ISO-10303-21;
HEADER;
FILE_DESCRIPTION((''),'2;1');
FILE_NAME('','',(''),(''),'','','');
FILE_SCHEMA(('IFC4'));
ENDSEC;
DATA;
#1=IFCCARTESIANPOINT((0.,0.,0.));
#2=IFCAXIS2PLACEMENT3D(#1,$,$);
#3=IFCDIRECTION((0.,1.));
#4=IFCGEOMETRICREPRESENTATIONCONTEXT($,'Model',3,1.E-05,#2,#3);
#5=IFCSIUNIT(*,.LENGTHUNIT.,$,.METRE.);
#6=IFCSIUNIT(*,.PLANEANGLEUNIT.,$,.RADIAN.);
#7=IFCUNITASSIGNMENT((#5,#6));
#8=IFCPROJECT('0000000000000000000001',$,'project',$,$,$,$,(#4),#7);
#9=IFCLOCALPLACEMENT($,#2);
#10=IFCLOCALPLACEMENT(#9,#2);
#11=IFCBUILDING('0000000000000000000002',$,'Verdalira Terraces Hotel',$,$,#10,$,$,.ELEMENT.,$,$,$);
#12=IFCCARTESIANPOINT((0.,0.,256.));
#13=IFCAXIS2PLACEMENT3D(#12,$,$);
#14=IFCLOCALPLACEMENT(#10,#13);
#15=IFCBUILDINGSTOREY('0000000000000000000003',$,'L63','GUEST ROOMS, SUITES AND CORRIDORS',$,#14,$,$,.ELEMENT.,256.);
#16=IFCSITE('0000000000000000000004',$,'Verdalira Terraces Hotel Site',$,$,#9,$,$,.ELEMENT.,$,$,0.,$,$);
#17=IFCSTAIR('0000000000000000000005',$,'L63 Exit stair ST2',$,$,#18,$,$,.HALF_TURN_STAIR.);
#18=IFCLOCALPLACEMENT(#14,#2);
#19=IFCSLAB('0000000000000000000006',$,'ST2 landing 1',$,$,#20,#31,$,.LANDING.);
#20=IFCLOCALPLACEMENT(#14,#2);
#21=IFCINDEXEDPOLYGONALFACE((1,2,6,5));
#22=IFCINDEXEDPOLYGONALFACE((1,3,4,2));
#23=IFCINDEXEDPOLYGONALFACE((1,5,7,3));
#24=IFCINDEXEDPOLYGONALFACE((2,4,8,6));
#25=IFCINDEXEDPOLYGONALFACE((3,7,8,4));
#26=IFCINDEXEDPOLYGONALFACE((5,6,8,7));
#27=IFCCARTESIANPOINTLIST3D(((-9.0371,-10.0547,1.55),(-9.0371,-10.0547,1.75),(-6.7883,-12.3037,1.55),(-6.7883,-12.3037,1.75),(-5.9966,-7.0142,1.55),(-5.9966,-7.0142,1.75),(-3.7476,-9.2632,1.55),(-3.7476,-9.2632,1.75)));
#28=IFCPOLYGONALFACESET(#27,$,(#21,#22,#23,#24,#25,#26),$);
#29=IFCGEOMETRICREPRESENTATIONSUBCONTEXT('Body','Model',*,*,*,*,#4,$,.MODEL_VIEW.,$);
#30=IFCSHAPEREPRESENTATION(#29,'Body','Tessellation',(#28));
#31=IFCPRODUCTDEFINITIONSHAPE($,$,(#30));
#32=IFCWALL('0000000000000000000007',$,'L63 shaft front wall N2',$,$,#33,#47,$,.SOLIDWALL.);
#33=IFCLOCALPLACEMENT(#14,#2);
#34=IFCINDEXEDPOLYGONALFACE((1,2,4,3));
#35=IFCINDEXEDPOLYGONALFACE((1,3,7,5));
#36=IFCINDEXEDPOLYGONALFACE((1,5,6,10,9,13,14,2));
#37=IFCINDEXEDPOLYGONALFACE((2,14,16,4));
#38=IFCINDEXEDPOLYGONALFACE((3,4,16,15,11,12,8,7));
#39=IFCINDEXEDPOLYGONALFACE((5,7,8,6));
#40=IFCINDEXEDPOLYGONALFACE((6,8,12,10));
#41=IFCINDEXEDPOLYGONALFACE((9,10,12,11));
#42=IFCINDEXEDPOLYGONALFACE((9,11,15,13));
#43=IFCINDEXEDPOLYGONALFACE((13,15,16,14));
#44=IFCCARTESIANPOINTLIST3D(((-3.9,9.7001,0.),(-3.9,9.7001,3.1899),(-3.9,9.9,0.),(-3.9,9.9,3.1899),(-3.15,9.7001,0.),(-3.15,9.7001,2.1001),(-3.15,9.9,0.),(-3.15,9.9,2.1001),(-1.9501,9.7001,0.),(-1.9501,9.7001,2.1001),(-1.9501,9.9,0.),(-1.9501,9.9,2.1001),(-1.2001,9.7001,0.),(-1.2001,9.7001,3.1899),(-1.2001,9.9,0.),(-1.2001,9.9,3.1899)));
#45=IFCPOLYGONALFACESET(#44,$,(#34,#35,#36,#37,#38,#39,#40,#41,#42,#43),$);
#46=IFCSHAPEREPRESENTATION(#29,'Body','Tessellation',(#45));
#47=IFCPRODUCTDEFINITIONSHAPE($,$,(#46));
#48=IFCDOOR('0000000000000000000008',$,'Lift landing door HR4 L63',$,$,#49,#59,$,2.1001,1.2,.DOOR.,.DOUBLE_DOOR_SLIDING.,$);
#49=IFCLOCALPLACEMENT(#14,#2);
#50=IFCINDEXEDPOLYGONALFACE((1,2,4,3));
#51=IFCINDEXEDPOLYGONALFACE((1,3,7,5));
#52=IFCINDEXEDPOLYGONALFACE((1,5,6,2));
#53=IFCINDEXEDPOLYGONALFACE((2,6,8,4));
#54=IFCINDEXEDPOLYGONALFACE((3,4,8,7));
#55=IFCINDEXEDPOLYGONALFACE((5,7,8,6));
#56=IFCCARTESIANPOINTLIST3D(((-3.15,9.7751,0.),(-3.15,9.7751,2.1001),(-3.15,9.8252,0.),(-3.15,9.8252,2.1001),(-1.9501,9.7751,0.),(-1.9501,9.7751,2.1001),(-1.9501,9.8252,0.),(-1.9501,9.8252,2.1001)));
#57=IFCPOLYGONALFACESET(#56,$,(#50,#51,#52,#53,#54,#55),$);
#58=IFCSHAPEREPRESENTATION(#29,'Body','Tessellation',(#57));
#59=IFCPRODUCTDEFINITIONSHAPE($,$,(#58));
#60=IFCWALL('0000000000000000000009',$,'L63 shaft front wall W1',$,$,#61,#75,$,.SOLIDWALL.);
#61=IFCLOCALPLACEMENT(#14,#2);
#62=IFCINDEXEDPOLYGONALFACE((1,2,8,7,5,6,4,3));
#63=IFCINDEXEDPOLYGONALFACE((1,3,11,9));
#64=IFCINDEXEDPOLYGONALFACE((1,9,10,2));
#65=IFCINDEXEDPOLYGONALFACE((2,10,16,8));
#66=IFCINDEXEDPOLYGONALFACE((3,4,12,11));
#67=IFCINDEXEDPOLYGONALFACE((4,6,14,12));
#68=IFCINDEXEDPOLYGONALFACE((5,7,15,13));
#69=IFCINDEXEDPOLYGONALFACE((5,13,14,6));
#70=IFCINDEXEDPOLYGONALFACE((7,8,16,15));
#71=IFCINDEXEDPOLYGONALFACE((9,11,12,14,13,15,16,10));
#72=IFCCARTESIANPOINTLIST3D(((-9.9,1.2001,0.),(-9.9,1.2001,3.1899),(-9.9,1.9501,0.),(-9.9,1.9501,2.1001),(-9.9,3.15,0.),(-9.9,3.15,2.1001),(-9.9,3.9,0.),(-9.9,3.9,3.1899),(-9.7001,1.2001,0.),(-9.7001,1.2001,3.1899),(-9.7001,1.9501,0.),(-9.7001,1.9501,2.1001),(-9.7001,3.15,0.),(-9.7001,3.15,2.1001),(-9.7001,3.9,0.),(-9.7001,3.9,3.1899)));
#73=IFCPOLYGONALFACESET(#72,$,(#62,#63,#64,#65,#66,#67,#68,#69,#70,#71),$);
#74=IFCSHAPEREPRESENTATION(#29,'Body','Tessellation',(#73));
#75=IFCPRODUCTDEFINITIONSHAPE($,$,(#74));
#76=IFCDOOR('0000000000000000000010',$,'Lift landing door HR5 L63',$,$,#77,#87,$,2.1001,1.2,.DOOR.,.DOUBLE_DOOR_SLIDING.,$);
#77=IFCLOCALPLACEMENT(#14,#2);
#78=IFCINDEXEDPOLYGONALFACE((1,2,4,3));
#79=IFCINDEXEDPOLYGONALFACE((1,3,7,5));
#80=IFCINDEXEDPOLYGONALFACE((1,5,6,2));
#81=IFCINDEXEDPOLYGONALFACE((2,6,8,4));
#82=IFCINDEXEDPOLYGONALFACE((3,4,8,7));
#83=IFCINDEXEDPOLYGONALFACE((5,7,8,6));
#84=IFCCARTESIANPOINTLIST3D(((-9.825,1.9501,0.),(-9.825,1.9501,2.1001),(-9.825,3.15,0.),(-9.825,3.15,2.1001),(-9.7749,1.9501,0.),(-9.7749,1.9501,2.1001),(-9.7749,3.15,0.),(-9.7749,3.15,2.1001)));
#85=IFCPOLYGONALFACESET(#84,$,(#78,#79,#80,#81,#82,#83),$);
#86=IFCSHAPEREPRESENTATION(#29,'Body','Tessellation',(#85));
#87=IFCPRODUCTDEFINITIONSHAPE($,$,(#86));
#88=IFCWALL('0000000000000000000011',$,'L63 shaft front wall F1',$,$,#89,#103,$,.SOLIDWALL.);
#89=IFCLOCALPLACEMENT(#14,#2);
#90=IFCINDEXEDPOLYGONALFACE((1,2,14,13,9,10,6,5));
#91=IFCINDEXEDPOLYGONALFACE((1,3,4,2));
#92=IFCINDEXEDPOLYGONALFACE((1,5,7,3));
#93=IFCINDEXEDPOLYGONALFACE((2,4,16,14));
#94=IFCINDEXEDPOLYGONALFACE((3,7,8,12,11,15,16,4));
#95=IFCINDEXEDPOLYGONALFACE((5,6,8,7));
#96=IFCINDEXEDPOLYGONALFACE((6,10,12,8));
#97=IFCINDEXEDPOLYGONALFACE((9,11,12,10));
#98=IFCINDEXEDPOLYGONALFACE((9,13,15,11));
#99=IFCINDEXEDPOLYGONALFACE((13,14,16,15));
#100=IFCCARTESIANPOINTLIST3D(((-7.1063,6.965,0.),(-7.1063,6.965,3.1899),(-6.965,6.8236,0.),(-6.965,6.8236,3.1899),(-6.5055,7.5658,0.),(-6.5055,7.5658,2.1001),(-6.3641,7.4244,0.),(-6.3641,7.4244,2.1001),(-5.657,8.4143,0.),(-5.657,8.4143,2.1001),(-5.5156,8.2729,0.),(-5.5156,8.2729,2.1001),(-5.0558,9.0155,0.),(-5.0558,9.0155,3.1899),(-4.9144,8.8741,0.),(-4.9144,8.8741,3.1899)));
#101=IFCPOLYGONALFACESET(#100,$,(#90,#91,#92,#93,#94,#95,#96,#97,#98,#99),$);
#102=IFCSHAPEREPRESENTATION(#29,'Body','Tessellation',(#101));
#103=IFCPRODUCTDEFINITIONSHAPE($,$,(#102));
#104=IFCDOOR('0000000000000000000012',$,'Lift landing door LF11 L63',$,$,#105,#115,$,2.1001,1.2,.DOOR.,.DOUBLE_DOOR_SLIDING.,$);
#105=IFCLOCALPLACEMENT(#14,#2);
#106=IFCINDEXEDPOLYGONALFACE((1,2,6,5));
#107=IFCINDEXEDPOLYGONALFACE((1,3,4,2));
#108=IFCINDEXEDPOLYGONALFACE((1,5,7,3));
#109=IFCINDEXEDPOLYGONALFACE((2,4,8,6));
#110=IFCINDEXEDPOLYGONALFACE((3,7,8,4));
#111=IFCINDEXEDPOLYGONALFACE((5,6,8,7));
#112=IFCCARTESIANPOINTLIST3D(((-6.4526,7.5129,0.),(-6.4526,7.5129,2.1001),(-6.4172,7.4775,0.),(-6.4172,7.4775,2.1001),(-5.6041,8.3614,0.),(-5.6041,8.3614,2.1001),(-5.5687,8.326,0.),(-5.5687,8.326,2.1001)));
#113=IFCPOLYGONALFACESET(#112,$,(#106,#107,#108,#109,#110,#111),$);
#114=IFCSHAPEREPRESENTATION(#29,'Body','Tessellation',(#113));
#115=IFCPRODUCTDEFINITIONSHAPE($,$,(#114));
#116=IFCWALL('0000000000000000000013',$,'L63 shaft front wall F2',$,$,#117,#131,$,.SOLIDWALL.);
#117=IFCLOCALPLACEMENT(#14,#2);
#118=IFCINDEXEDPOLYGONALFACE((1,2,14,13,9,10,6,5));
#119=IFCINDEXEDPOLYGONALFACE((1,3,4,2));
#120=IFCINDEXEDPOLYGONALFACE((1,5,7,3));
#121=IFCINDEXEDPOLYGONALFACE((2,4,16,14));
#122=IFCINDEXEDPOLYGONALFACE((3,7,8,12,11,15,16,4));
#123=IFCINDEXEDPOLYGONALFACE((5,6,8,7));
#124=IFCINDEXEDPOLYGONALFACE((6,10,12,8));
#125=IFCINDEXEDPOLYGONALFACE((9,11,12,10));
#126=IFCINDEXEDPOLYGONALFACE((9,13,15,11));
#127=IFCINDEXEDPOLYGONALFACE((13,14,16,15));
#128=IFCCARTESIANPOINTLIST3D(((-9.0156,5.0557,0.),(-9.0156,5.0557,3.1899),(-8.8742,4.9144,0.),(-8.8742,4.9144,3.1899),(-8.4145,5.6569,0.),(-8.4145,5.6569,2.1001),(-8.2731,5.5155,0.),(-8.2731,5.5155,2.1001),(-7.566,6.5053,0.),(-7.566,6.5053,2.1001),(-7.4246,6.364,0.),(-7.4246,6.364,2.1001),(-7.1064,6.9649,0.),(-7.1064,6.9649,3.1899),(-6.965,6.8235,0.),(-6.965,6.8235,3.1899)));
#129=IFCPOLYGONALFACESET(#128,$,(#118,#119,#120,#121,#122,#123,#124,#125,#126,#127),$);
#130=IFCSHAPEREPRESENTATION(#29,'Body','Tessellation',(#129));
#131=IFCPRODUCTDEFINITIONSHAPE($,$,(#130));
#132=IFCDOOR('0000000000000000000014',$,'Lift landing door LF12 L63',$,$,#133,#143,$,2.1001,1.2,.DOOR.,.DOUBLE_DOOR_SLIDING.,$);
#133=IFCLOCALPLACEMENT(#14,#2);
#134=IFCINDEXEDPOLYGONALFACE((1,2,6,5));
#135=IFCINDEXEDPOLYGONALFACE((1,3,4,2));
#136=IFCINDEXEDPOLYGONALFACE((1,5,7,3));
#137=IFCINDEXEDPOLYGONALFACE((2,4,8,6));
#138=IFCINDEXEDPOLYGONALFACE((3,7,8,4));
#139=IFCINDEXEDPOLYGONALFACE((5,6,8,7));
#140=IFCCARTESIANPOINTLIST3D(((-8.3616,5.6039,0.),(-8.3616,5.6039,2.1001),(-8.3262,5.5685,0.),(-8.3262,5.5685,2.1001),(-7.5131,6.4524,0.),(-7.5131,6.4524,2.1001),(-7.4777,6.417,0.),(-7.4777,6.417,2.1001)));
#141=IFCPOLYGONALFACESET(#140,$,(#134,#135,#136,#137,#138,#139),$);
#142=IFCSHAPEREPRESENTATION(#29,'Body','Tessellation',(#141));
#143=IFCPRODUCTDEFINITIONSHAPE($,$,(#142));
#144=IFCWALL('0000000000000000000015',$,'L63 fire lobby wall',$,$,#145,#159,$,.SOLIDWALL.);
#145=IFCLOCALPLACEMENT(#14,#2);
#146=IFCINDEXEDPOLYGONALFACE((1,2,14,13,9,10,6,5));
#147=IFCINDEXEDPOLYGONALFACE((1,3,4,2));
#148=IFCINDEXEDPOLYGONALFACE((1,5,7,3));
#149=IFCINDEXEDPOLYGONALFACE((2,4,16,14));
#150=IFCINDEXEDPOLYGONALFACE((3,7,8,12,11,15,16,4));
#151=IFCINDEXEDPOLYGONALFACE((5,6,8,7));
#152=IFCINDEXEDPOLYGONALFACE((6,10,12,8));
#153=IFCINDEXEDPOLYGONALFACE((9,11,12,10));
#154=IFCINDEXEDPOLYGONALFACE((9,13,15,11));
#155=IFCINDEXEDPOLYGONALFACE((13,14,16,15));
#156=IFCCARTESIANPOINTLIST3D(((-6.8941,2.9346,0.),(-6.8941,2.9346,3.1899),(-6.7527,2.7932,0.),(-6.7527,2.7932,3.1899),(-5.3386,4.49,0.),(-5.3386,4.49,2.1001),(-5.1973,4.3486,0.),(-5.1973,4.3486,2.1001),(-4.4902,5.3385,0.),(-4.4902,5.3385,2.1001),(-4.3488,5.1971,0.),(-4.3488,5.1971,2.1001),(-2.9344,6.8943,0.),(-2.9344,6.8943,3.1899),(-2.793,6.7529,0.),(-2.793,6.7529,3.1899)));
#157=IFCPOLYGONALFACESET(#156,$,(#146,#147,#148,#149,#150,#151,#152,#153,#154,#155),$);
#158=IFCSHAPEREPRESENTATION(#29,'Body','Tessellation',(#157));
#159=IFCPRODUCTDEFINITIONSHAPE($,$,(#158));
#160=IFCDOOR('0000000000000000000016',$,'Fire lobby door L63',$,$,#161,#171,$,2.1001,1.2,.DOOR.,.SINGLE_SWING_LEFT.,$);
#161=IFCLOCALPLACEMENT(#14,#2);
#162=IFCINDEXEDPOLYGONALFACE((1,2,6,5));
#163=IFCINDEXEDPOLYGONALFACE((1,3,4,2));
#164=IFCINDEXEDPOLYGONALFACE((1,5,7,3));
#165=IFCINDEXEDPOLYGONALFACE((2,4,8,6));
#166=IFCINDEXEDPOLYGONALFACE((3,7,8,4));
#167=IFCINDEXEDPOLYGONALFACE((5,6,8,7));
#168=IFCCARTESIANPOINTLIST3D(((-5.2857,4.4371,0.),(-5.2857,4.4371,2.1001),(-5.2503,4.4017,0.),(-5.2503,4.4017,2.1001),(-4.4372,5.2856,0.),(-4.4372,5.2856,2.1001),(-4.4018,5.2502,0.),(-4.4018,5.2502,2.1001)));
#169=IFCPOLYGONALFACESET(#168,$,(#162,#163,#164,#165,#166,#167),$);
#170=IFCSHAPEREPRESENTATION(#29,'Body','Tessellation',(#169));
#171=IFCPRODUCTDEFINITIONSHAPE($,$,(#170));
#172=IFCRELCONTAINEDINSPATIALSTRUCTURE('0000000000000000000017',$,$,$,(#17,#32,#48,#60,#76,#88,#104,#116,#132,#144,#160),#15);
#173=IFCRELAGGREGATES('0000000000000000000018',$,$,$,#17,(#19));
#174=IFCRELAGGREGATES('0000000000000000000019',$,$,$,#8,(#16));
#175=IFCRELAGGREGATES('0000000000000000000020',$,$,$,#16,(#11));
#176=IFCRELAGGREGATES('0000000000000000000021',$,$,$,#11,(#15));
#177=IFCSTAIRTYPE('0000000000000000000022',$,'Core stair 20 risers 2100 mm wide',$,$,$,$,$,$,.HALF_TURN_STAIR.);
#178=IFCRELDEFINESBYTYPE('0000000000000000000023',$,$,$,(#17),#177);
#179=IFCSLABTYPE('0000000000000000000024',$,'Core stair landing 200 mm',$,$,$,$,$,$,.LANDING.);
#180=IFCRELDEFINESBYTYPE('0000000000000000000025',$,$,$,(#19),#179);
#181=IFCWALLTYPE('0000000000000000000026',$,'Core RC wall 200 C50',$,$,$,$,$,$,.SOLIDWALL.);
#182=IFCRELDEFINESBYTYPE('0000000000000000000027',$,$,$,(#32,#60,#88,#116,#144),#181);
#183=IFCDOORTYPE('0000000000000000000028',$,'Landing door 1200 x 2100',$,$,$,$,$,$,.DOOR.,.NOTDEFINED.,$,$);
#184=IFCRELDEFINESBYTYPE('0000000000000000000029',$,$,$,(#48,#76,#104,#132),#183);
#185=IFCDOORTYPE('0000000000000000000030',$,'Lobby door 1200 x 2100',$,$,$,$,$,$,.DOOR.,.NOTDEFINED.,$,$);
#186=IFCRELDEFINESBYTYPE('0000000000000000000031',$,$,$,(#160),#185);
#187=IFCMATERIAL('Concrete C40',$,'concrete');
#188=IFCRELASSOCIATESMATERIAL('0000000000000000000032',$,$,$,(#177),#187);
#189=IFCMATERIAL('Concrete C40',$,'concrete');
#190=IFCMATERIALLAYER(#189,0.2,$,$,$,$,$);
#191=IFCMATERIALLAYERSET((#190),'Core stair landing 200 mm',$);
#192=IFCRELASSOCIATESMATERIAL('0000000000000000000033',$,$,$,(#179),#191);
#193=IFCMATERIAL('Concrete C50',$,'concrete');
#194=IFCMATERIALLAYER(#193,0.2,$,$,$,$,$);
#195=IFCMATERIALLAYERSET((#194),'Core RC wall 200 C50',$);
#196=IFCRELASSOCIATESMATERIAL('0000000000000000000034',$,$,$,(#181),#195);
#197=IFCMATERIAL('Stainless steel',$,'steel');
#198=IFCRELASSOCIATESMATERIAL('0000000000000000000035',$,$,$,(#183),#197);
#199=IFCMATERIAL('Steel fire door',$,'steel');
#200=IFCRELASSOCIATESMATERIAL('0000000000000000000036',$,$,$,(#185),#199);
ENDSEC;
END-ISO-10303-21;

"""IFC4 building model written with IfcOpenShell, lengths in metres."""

from ifc_helpers import new_model, si_unit, direction, frame, frame_2d, origin, place, context, subcontext, project, spatial, polyline, rectangle, outline, extrude, material, layer, layer_set, type_object, element, fill, aggregate, save


model = new_model("IFC4")

# Units and contexts
model_context = context("Model", 3, precision=1e-05, world=origin(), true_north=direction((0.0, 1.0)))
body_context = subcontext(model_context, "Body", "Model", "MODEL_VIEW")
ifc_project = project(units=[si_unit("LENGTHUNIT", "METRE"), si_unit("PLANEANGLEUNIT", "RADIAN")], contexts=[model_context])

# Site, building, storey
site_placement = place(None, origin())
site = spatial("IfcSite", under=ifc_project, at=site_placement, Name="Verdalira Terraces Hotel Site", CompositionType="ELEMENT", RefElevation=0.0)
building_placement = place(site_placement, origin())
building = spatial("IfcBuilding", under=site, at=building_placement, Name="Verdalira Terraces Hotel", CompositionType="ELEMENT")
storey_placement = place(building_placement, frame((0.0, 0.0, 256.0)))
storey = spatial("IfcBuildingStorey", under=building, at=storey_placement, Name="L63", Description="GUEST ROOMS, SUITES AND CORRIDORS", CompositionType="ELEMENT", Elevation=256.0)

# Stair, slab
ifc_material_1 = material(Name="Concrete C40", Category="concrete")
stair_type = type_object("IfcStairType", Name="Core stair 20 risers 2100 mm wide", PredefinedType="HALF_TURN_STAIR", material=ifc_material_1)
stair_placement = place(storey_placement, origin())
stair = element("IfcStair", 1, at=stair_placement, inside=storey, type_object=stair_type, Name="L63 Exit stair ST2", PredefinedType="HALF_TURN_STAIR")
ifc_material_2 = material(Name="Concrete C40", Category="concrete")
ifc_layer_1 = layer(ifc_material_2, 0.2)
ifc_layer_set_1 = layer_set([ifc_layer_1], Name="Core stair landing 200 mm")
slab_type = type_object("IfcSlabType", Name="Core stair landing 200 mm", PredefinedType="LANDING", material=ifc_layer_set_1)
slab_placement = place(storey_placement, frame((0.0, 0.0, 1.55)))
slab = element("IfcSlab", 2, at=slab_placement, type_object=slab_type, Name="ST2 landing 1", PredefinedType="LANDING", context=body_context, shape_type="SweptSolid", body=[
    extrude(outline(polyline([(-9.0371, -10.0547), (-6.7883, -12.3037), (-3.7476, -9.2632), (-5.9966, -7.0142), (-9.0371, -10.0547)])), origin(), (0.0, 0.0, 1.0), 0.2),
])
aggregate(stair, [slab])

# Walls, openings, doors
ifc_material_3 = material(Name="Concrete C50", Category="concrete")
ifc_layer_2 = layer(ifc_material_3, 0.2)
ifc_layer_set_2 = layer_set([ifc_layer_2], Name="Core RC wall 200 C50")
wall_type_1 = type_object("IfcWallType", Name="Core RC wall 200 C50", PredefinedType="SOLIDWALL", material=ifc_layer_set_2)
wall_1_placement = place(storey_placement, frame((-1.2, 9.8, 0.0), z_axis=(0.0, 0.0, 1.0), x_axis=(-1.0, 0.0, 0.0)))
wall_1 = element("IfcWall", 3, at=wall_1_placement, inside=storey, type_object=wall_type_1, Name="L63 shaft front wall N2", PredefinedType="SOLIDWALL", context=body_context, shape_type="SweptSolid", body=[
    extrude(rectangle(XDim=2.7, YDim=0.2, at=frame_2d((1.3501, 0.0))), origin(), (0.0, 0.0, 1.0), 3.1899),
])
opening_1_placement = place(wall_1_placement, frame((0.75, 0.0, 0.0)))
opening_1 = element("IfcOpeningElement", 4, at=opening_1_placement, cuts=wall_1, PredefinedType="OPENING", context=body_context, shape_type="SweptSolid", body=[
    extrude(rectangle(XDim=1.2, YDim=2.1001, at=frame_2d((0.6001, 1.05))), frame((0.0, 0.1099, 0.0), z_axis=(0.0, -1.0, 0.0), x_axis=(1.0, 0.0, 0.0)), (0.0, 0.0, 1.0), 0.22),
])
ifc_material_4 = material(Name="Stainless steel", Category="steel")
door_type_1 = type_object("IfcDoorType", Name="Landing door 1200 x 2100", OperationType="NOTDEFINED", PredefinedType="DOOR", material=ifc_material_4)
door_1_placement = place(opening_1_placement, origin())
door_1 = element("IfcDoor", 5, at=door_1_placement, inside=storey, type_object=door_type_1, Name="Lift landing door HR4 L63", OperationType="DOUBLE_DOOR_SLIDING", OverallHeight=2.1001, OverallWidth=1.2, PredefinedType="DOOR", context=body_context, shape_type="SweptSolid", body=[
    extrude(rectangle(XDim=1.2, YDim=2.1001, at=frame_2d((0.6001, 1.05))), frame((0.0, 0.0249, 0.0), z_axis=(0.0, -1.0, 0.0), x_axis=(1.0, 0.0, 0.0)), (0.0, 0.0, 1.0), 0.05),
])
fill(opening_1, door_1)
wall_2_placement = place(storey_placement, frame((-9.8, 1.2, 0.0), z_axis=(0.0, 0.0, 1.0), x_axis=(0.0, 1.0, 0.0)))
wall_2 = element("IfcWall", 6, at=wall_2_placement, inside=storey, type_object=wall_type_1, Name="L63 shaft front wall W1", PredefinedType="SOLIDWALL", context=body_context, shape_type="SweptSolid", body=[
    extrude(rectangle(XDim=2.7, YDim=0.2, at=frame_2d((1.3501, 0.0))), origin(), (0.0, 0.0, 1.0), 3.1899),
])
opening_2_placement = place(wall_2_placement, frame((0.75, 0.0, 0.0)))
opening_2 = element("IfcOpeningElement", 7, at=opening_2_placement, cuts=wall_2, PredefinedType="OPENING", context=body_context, shape_type="SweptSolid", body=[
    extrude(rectangle(XDim=1.2, YDim=2.1001, at=frame_2d((0.6001, 1.05))), frame((0.0, 0.1099, 0.0), z_axis=(0.0, -1.0, 0.0), x_axis=(1.0, 0.0, 0.0)), (0.0, 0.0, 1.0), 0.22),
])
door_2_placement = place(opening_2_placement, origin())
door_2 = element("IfcDoor", 8, at=door_2_placement, inside=storey, type_object=door_type_1, Name="Lift landing door HR5 L63", OperationType="DOUBLE_DOOR_SLIDING", OverallHeight=2.1001, OverallWidth=1.2, PredefinedType="DOOR", context=body_context, shape_type="SweptSolid", body=[
    extrude(rectangle(XDim=1.2, YDim=2.1001, at=frame_2d((0.6001, 1.05))), frame((0.0, 0.0249, 0.0), z_axis=(0.0, -1.0, 0.0), x_axis=(1.0, 0.0, 0.0)), (0.0, 0.0, 1.0), 0.05),
])
fill(opening_2, door_2)
wall_3_placement = place(storey_placement, frame((-4.9851, 8.9448, 0.0), z_axis=(0.0, 0.0, 1.0), x_axis=(-0.707107, -0.707107, 0.0)))
wall_3 = element("IfcWall", 9, at=wall_3_placement, inside=storey, type_object=wall_type_1, Name="L63 shaft front wall F1", PredefinedType="SOLIDWALL", context=body_context, shape_type="SweptSolid", body=[
    extrude(rectangle(XDim=2.8999, YDim=0.2, at=frame_2d((1.45, 0.0))), origin(), (0.0, 0.0, 1.0), 3.1899),
])
opening_3_placement = place(wall_3_placement, frame((0.8501, 0.0, 0.0)))
opening_3 = element("IfcOpeningElement", 10, at=opening_3_placement, cuts=wall_3, PredefinedType="OPENING", context=body_context, shape_type="SweptSolid", body=[
    extrude(rectangle(XDim=1.2, YDim=2.1001, at=frame_2d((0.6001, 1.05))), frame((0.0, 0.1099, 0.0), z_axis=(0.0, -1.0, 0.0), x_axis=(1.0, 0.0, 0.0)), (0.0, 0.0, 1.0), 0.22),
])
door_3_placement = place(opening_3_placement, origin())
door_3 = element("IfcDoor", 11, at=door_3_placement, inside=storey, type_object=door_type_1, Name="Lift landing door LF11 L63", OperationType="DOUBLE_DOOR_SLIDING", OverallHeight=2.1001, OverallWidth=1.2, PredefinedType="DOOR", context=body_context, shape_type="SweptSolid", body=[
    extrude(rectangle(XDim=1.2, YDim=2.1001, at=frame_2d((0.6001, 1.05))), frame((0.0, 0.0249, 0.0), z_axis=(0.0, -1.0, 0.0), x_axis=(1.0, 0.0, 0.0)), (0.0, 0.0, 1.0), 0.05),
])
fill(opening_3, door_3)
wall_4_placement = place(storey_placement, frame((-7.0356, 6.8943, 0.0), z_axis=(0.0, 0.0, 1.0), x_axis=(-0.707107, -0.707107, 0.0)))
wall_4 = element("IfcWall", 12, at=wall_4_placement, inside=storey, type_object=wall_type_1, Name="L63 shaft front wall F2", PredefinedType="SOLIDWALL", context=body_context, shape_type="SweptSolid", body=[
    extrude(rectangle(XDim=2.7, YDim=0.2, at=frame_2d((1.3501, 0.0))), origin(), (0.0, 0.0, 1.0), 3.1899),
])
opening_4_placement = place(wall_4_placement, frame((0.6499, 0.0, 0.0)))
opening_4 = element("IfcOpeningElement", 13, at=opening_4_placement, cuts=wall_4, PredefinedType="OPENING", context=body_context, shape_type="SweptSolid", body=[
    extrude(rectangle(XDim=1.2, YDim=2.1001, at=frame_2d((0.6001, 1.05))), frame((0.0, 0.1099, 0.0), z_axis=(0.0, -1.0, 0.0), x_axis=(1.0, 0.0, 0.0)), (0.0, 0.0, 1.0), 0.22),
])
door_4_placement = place(opening_4_placement, origin())
door_4 = element("IfcDoor", 14, at=door_4_placement, inside=storey, type_object=door_type_1, Name="Lift landing door LF12 L63", OperationType="DOUBLE_DOOR_SLIDING", OverallHeight=2.1001, OverallWidth=1.2, PredefinedType="DOOR", context=body_context, shape_type="SweptSolid", body=[
    extrude(rectangle(XDim=1.2, YDim=2.1001, at=frame_2d((0.6001, 1.05))), frame((0.0, 0.0249, 0.0), z_axis=(0.0, -1.0, 0.0), x_axis=(1.0, 0.0, 0.0)), (0.0, 0.0, 1.0), 0.05),
])
fill(opening_4, door_4)
wall_5_placement = place(storey_placement, frame((-2.8638, 6.8235, 0.0), z_axis=(0.0, 0.0, 1.0), x_axis=(-0.707107, -0.707107, 0.0)))
wall_5 = element("IfcWall", 15, at=wall_5_placement, inside=storey, type_object=wall_type_1, Name="L63 fire lobby wall", PredefinedType="SOLIDWALL", context=body_context, shape_type="SweptSolid", body=[
    extrude(rectangle(XDim=5.5999, YDim=0.2, at=frame_2d((2.7998, 0.0))), origin(), (0.0, 0.0, 1.0), 3.1899),
])
opening_5_placement = place(wall_5_placement, frame((2.2, 0.0, 0.0)))
opening_5 = element("IfcOpeningElement", 16, at=opening_5_placement, cuts=wall_5, PredefinedType="OPENING", context=body_context, shape_type="SweptSolid", body=[
    extrude(rectangle(XDim=1.2, YDim=2.1001, at=frame_2d((0.6001, 1.05))), frame((0.0, 0.1099, 0.0), z_axis=(0.0, -1.0, 0.0), x_axis=(1.0, 0.0, 0.0)), (0.0, 0.0, 1.0), 0.22),
])
ifc_material_5 = material(Name="Steel fire door", Category="steel")
door_type_2 = type_object("IfcDoorType", Name="Lobby door 1200 x 2100", OperationType="NOTDEFINED", PredefinedType="DOOR", material=ifc_material_5)
door_5_placement = place(opening_5_placement, origin())
door_5 = element("IfcDoor", 17, at=door_5_placement, inside=storey, type_object=door_type_2, Name="Fire lobby door L63", OperationType="SINGLE_SWING_LEFT", OverallHeight=2.1001, OverallWidth=1.2, PredefinedType="DOOR", context=body_context, shape_type="SweptSolid", body=[
    extrude(rectangle(XDim=1.2, YDim=2.1001, at=frame_2d((0.6001, 1.05))), frame((0.0, 0.0249, 0.0), z_axis=(0.0, -1.0, 0.0), x_axis=(1.0, 0.0, 0.0)), (0.0, 0.0, 1.0), 0.05),
])
fill(opening_5, door_5)

save(model, "model.ifc")
